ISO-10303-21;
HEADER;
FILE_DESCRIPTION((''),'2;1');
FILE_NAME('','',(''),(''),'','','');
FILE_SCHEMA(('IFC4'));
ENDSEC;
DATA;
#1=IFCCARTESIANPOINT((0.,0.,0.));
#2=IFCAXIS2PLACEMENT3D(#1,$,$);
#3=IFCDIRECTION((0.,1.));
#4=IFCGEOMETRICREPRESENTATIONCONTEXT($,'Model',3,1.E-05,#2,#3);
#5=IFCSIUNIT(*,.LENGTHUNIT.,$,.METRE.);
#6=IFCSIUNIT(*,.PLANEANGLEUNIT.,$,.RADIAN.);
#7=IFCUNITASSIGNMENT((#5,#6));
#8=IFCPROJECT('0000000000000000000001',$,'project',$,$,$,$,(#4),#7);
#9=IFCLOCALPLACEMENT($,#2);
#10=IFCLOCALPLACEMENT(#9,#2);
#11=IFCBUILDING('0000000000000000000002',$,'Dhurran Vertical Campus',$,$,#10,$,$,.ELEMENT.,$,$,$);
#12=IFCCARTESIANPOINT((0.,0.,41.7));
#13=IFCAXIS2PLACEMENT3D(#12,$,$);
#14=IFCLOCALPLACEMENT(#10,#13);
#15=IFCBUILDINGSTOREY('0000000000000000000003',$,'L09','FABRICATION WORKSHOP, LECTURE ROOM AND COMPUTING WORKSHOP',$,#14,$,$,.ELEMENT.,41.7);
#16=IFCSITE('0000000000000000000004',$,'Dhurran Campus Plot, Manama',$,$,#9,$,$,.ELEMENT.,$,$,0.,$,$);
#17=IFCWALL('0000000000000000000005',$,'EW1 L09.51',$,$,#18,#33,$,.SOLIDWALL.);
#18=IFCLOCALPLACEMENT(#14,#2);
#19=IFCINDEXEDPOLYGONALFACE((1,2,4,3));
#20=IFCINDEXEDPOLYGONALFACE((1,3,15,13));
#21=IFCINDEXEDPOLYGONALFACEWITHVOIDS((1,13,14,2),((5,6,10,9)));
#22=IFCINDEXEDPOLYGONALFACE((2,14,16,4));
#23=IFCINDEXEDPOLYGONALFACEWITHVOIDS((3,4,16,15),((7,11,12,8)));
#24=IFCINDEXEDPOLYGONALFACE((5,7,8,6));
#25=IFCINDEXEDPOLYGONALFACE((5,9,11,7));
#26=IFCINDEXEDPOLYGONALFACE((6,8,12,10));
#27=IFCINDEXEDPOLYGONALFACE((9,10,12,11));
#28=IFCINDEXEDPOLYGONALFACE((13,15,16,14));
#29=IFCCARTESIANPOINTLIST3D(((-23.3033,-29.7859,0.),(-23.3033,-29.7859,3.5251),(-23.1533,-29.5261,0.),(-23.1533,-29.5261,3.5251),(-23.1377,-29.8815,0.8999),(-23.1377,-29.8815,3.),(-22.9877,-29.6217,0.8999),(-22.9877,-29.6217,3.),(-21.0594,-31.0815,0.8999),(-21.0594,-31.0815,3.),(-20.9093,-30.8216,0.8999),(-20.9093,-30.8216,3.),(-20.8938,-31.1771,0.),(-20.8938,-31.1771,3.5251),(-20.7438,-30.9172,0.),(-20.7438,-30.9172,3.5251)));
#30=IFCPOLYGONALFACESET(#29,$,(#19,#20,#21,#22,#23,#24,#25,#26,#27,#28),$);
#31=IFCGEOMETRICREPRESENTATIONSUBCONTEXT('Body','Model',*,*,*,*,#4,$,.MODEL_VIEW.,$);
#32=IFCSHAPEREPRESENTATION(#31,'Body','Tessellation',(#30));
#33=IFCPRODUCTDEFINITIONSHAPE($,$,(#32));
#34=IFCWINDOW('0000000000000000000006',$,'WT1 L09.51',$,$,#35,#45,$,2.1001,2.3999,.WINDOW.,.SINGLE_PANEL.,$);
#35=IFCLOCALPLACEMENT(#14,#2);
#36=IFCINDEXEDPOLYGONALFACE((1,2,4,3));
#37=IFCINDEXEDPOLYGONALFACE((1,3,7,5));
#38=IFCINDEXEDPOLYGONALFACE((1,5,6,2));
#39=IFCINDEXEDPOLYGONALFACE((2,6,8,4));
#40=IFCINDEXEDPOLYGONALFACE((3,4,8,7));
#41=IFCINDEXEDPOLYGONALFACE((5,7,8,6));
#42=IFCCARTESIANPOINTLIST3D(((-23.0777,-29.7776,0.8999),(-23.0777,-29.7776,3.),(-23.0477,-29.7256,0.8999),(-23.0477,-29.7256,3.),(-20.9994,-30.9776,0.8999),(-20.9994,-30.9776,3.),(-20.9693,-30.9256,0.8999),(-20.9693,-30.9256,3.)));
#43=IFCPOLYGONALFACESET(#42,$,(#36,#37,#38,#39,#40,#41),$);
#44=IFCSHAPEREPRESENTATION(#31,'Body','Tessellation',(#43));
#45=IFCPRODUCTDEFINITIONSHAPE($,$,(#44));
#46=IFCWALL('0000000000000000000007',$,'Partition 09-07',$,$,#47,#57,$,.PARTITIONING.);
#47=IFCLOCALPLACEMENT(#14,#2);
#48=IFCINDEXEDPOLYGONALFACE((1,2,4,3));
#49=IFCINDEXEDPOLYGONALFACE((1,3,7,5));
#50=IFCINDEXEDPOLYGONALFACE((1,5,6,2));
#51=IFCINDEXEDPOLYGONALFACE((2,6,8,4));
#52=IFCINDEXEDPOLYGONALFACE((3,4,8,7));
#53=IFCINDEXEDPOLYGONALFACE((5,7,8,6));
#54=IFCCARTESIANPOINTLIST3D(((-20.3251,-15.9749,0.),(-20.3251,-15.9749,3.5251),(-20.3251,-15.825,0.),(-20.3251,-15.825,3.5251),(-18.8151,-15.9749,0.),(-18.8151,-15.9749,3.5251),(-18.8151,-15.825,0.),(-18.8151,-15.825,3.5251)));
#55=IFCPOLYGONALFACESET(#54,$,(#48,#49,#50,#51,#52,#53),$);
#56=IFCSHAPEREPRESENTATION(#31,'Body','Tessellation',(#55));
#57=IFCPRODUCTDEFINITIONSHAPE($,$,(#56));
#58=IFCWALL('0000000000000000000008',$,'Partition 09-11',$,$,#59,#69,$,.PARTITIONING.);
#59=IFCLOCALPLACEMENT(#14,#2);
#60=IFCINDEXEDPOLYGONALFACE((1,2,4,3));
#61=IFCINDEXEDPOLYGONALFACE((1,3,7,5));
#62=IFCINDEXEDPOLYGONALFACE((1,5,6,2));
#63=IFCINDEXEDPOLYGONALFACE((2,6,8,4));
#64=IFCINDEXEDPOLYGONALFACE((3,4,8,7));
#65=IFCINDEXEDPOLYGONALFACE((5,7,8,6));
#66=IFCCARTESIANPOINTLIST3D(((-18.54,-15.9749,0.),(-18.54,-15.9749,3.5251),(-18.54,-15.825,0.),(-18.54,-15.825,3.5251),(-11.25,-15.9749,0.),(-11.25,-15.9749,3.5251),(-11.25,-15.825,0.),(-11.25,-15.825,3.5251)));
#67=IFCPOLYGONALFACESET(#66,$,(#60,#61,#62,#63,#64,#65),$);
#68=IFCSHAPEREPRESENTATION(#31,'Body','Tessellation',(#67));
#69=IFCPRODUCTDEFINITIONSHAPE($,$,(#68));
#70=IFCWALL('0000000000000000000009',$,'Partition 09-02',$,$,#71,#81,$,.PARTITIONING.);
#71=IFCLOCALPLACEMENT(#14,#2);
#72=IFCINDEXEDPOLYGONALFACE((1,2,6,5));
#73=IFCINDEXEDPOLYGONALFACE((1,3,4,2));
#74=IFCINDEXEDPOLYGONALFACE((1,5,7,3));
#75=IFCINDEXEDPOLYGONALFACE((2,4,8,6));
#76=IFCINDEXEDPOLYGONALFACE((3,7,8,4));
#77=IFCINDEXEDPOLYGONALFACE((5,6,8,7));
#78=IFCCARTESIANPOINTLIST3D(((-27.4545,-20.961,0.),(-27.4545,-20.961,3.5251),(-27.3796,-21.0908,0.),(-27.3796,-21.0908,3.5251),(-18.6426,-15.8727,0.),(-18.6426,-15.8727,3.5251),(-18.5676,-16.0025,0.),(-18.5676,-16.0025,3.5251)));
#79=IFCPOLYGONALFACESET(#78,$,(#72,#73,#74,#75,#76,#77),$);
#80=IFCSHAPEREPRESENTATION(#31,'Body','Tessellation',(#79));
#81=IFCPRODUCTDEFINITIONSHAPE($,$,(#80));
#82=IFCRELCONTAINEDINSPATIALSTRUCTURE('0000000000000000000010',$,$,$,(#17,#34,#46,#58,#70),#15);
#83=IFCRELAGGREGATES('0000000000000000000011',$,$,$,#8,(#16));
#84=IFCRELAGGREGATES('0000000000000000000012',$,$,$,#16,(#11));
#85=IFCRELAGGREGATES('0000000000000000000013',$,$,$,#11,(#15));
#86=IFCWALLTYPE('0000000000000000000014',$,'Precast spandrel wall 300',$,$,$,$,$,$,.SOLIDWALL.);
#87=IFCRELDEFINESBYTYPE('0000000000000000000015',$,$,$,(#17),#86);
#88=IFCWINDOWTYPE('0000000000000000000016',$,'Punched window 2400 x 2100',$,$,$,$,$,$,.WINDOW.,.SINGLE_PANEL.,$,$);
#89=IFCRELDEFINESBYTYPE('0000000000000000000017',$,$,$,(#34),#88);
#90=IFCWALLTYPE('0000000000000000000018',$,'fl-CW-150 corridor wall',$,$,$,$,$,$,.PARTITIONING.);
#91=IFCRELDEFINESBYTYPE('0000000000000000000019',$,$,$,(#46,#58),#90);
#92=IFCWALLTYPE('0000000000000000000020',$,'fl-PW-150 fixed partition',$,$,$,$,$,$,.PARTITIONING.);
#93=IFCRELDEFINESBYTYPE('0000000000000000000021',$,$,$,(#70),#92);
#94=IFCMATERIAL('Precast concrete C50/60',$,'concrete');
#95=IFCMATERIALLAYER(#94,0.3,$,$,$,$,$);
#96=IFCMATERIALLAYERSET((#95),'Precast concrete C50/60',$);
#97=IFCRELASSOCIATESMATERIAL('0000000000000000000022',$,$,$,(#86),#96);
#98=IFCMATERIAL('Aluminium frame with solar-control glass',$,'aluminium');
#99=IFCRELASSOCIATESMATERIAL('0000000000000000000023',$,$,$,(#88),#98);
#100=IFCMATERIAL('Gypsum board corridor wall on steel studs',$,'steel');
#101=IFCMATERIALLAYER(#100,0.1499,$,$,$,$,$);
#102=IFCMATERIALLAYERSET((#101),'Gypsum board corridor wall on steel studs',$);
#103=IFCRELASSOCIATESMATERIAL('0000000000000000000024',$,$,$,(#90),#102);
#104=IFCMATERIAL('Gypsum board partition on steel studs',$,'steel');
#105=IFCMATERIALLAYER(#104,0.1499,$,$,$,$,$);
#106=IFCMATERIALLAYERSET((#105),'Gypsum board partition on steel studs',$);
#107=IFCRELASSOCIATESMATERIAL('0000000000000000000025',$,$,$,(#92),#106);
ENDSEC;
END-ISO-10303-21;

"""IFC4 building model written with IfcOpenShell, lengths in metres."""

from ifc_helpers import new_model, si_unit, direction, frame, frame_2d, origin, place, context, subcontext, project, spatial, rectangle, extrude, material, layer, layer_set, type_object, element, fill, save


model = new_model("IFC4")

# Units and contexts
model_context = context("Model", 3, precision=1e-05, world=origin(), true_north=direction((0.0, 1.0)))
body_context = subcontext(model_context, "Body", "Model", "MODEL_VIEW")
ifc_project = project(units=[si_unit("LENGTHUNIT", "METRE"), si_unit("PLANEANGLEUNIT", "RADIAN")], contexts=[model_context])

# Site, building, storey
site_placement = place(None, origin())
site = spatial("IfcSite", under=ifc_project, at=site_placement, Name="Dhurran Campus Plot, Manama", CompositionType="ELEMENT", RefElevation=0.0)
building_placement = place(site_placement, origin())
building = spatial("IfcBuilding", under=site, at=building_placement, Name="Dhurran Vertical Campus", CompositionType="ELEMENT")
storey_placement = place(building_placement, frame((0.0, 0.0, 41.7)))
storey = spatial("IfcBuildingStorey", under=building, at=storey_placement, Name="L09", Description="FABRICATION WORKSHOP, LECTURE ROOM AND COMPUTING WORKSHOP", CompositionType="ELEMENT", Elevation=41.7)

# Wall, opening, window
ifc_material_1 = material(Name="Precast concrete C50/60", Category="concrete")
ifc_layer_1 = layer(ifc_material_1, 0.3)
ifc_layer_set_1 = layer_set([ifc_layer_1], Name="Precast concrete C50/60")
wall_type_1 = type_object("IfcWallType", Name="Precast spandrel wall 300", PredefinedType="SOLIDWALL", material=ifc_layer_set_1)
ifc_material_2 = material(Name="Aluminium frame with solar-control glass", Category="aluminium")
window_type = type_object("IfcWindowType", Name="Punched window 2400 x 2100", PartitioningType="SINGLE_PANEL", PredefinedType="WINDOW", material=ifc_material_2)
wall_1_placement = place(storey_placement, frame((-23.2283, -29.656, 0.0), z_axis=(0.0, 0.0, 1.0), x_axis=(0.86602, -0.500009, 0.0)))
wall_1 = element("IfcWall", 1, at=wall_1_placement, inside=storey, type_object=wall_type_1, Name="EW1 L09.51", PredefinedType="SOLIDWALL", context=body_context, shape_type="SweptSolid", body=[
    extrude(rectangle(XDim=2.7822, YDim=0.3, at=frame_2d((1.3911, 0.0))), origin(), (0.0, 0.0, 1.0), 3.5251),
])
opening_1_placement = place(wall_1_placement, frame((0.1912, 0.0, 0.8999)))
opening_1 = element("IfcOpeningElement", 2, at=opening_1_placement, cuts=wall_1, PredefinedType="OPENING", context=body_context, shape_type="SweptSolid", body=[
    extrude(rectangle(XDim=2.3999, YDim=2.1001, at=frame_2d((1.2, 1.05))), frame((0.0, 0.1599, 0.0), z_axis=(0.0, -1.0, 0.0), x_axis=(1.0, 0.0, 0.0)), (0.0, 0.0, 1.0), 0.3201),
])
window_1_placement = place(opening_1_placement, origin())
window_1 = element("IfcWindow", 3, at=window_1_placement, inside=storey, type_object=window_type, Name="WT1 L09.51", OverallHeight=2.1001, OverallWidth=2.3999, PartitioningType="SINGLE_PANEL", PredefinedType="WINDOW", context=body_context, shape_type="SweptSolid", body=[
    extrude(rectangle(XDim=2.3999, YDim=2.1001, at=frame_2d((1.2, 1.05))), frame((0.0, 0.03, 0.0), z_axis=(0.0, -1.0, 0.0), x_axis=(1.0, 0.0, 0.0)), (0.0, 0.0, 1.0), 0.0601),
])
fill(opening_1, window_1)

# Walls
ifc_material_3 = material(Name="Gypsum board corridor wall on steel studs", Category="steel")
ifc_layer_2 = layer(ifc_material_3, 0.1499)
ifc_layer_set_2 = layer_set([ifc_layer_2], Name="Gypsum board corridor wall on steel studs")
wall_type_2 = type_object("IfcWallType", Name="fl-CW-150 corridor wall", PredefinedType="PARTITIONING", material=ifc_layer_set_2)
wall_2_placement = place(storey_placement, frame((-20.325, -15.8999, 0.0), z_axis=(0.0, 0.0, 1.0), x_axis=(1.0, 0.0, 0.0)))
element("IfcWall", 4, at=wall_2_placement, inside=storey, type_object=wall_type_2, Name="Partition 09-07", PredefinedType="PARTITIONING", context=body_context, shape_type="SweptSolid", body=[
    extrude(rectangle(XDim=1.51, YDim=0.1499, at=frame_2d((0.7549, 0.0))), origin(), (0.0, 0.0, 1.0), 3.5251),
])
wall_3_placement = place(storey_placement, frame((-18.54, -15.8999, 0.0), z_axis=(0.0, 0.0, 1.0), x_axis=(1.0, 0.0, 0.0)))
element("IfcWall", 5, at=wall_3_placement, inside=storey, type_object=wall_type_2, Name="Partition 09-11", PredefinedType="PARTITIONING", context=body_context, shape_type="SweptSolid", body=[
    extrude(rectangle(XDim=7.29, YDim=0.1499, at=frame_2d((3.645, 0.0))), origin(), (0.0, 0.0, 1.0), 3.5251),
])
ifc_material_4 = material(Name="Gypsum board partition on steel studs", Category="steel")
ifc_layer_3 = layer(ifc_material_4, 0.1499)
ifc_layer_set_3 = layer_set([ifc_layer_3], Name="Gypsum board partition on steel studs")
wall_type_3 = type_object("IfcWallType", Name="fl-PW-150 fixed partition", PredefinedType="PARTITIONING", material=ifc_layer_set_3)
wall_4_placement = place(storey_placement, frame((-18.605, -15.9375, 0.0), z_axis=(0.0, 0.0, 1.0), x_axis=(-0.865993, -0.500056, 0.0)))
element("IfcWall", 6, at=wall_4_placement, inside=storey, type_object=wall_type_3, Name="Partition 09-02", PredefinedType="PARTITIONING", context=body_context, shape_type="SweptSolid", body=[
    extrude(rectangle(XDim=10.1755, YDim=0.1499, at=frame_2d((5.0879, 0.0))), origin(), (0.0, 0.0, 1.0), 3.5251),
])

save(model, "model.ifc")
